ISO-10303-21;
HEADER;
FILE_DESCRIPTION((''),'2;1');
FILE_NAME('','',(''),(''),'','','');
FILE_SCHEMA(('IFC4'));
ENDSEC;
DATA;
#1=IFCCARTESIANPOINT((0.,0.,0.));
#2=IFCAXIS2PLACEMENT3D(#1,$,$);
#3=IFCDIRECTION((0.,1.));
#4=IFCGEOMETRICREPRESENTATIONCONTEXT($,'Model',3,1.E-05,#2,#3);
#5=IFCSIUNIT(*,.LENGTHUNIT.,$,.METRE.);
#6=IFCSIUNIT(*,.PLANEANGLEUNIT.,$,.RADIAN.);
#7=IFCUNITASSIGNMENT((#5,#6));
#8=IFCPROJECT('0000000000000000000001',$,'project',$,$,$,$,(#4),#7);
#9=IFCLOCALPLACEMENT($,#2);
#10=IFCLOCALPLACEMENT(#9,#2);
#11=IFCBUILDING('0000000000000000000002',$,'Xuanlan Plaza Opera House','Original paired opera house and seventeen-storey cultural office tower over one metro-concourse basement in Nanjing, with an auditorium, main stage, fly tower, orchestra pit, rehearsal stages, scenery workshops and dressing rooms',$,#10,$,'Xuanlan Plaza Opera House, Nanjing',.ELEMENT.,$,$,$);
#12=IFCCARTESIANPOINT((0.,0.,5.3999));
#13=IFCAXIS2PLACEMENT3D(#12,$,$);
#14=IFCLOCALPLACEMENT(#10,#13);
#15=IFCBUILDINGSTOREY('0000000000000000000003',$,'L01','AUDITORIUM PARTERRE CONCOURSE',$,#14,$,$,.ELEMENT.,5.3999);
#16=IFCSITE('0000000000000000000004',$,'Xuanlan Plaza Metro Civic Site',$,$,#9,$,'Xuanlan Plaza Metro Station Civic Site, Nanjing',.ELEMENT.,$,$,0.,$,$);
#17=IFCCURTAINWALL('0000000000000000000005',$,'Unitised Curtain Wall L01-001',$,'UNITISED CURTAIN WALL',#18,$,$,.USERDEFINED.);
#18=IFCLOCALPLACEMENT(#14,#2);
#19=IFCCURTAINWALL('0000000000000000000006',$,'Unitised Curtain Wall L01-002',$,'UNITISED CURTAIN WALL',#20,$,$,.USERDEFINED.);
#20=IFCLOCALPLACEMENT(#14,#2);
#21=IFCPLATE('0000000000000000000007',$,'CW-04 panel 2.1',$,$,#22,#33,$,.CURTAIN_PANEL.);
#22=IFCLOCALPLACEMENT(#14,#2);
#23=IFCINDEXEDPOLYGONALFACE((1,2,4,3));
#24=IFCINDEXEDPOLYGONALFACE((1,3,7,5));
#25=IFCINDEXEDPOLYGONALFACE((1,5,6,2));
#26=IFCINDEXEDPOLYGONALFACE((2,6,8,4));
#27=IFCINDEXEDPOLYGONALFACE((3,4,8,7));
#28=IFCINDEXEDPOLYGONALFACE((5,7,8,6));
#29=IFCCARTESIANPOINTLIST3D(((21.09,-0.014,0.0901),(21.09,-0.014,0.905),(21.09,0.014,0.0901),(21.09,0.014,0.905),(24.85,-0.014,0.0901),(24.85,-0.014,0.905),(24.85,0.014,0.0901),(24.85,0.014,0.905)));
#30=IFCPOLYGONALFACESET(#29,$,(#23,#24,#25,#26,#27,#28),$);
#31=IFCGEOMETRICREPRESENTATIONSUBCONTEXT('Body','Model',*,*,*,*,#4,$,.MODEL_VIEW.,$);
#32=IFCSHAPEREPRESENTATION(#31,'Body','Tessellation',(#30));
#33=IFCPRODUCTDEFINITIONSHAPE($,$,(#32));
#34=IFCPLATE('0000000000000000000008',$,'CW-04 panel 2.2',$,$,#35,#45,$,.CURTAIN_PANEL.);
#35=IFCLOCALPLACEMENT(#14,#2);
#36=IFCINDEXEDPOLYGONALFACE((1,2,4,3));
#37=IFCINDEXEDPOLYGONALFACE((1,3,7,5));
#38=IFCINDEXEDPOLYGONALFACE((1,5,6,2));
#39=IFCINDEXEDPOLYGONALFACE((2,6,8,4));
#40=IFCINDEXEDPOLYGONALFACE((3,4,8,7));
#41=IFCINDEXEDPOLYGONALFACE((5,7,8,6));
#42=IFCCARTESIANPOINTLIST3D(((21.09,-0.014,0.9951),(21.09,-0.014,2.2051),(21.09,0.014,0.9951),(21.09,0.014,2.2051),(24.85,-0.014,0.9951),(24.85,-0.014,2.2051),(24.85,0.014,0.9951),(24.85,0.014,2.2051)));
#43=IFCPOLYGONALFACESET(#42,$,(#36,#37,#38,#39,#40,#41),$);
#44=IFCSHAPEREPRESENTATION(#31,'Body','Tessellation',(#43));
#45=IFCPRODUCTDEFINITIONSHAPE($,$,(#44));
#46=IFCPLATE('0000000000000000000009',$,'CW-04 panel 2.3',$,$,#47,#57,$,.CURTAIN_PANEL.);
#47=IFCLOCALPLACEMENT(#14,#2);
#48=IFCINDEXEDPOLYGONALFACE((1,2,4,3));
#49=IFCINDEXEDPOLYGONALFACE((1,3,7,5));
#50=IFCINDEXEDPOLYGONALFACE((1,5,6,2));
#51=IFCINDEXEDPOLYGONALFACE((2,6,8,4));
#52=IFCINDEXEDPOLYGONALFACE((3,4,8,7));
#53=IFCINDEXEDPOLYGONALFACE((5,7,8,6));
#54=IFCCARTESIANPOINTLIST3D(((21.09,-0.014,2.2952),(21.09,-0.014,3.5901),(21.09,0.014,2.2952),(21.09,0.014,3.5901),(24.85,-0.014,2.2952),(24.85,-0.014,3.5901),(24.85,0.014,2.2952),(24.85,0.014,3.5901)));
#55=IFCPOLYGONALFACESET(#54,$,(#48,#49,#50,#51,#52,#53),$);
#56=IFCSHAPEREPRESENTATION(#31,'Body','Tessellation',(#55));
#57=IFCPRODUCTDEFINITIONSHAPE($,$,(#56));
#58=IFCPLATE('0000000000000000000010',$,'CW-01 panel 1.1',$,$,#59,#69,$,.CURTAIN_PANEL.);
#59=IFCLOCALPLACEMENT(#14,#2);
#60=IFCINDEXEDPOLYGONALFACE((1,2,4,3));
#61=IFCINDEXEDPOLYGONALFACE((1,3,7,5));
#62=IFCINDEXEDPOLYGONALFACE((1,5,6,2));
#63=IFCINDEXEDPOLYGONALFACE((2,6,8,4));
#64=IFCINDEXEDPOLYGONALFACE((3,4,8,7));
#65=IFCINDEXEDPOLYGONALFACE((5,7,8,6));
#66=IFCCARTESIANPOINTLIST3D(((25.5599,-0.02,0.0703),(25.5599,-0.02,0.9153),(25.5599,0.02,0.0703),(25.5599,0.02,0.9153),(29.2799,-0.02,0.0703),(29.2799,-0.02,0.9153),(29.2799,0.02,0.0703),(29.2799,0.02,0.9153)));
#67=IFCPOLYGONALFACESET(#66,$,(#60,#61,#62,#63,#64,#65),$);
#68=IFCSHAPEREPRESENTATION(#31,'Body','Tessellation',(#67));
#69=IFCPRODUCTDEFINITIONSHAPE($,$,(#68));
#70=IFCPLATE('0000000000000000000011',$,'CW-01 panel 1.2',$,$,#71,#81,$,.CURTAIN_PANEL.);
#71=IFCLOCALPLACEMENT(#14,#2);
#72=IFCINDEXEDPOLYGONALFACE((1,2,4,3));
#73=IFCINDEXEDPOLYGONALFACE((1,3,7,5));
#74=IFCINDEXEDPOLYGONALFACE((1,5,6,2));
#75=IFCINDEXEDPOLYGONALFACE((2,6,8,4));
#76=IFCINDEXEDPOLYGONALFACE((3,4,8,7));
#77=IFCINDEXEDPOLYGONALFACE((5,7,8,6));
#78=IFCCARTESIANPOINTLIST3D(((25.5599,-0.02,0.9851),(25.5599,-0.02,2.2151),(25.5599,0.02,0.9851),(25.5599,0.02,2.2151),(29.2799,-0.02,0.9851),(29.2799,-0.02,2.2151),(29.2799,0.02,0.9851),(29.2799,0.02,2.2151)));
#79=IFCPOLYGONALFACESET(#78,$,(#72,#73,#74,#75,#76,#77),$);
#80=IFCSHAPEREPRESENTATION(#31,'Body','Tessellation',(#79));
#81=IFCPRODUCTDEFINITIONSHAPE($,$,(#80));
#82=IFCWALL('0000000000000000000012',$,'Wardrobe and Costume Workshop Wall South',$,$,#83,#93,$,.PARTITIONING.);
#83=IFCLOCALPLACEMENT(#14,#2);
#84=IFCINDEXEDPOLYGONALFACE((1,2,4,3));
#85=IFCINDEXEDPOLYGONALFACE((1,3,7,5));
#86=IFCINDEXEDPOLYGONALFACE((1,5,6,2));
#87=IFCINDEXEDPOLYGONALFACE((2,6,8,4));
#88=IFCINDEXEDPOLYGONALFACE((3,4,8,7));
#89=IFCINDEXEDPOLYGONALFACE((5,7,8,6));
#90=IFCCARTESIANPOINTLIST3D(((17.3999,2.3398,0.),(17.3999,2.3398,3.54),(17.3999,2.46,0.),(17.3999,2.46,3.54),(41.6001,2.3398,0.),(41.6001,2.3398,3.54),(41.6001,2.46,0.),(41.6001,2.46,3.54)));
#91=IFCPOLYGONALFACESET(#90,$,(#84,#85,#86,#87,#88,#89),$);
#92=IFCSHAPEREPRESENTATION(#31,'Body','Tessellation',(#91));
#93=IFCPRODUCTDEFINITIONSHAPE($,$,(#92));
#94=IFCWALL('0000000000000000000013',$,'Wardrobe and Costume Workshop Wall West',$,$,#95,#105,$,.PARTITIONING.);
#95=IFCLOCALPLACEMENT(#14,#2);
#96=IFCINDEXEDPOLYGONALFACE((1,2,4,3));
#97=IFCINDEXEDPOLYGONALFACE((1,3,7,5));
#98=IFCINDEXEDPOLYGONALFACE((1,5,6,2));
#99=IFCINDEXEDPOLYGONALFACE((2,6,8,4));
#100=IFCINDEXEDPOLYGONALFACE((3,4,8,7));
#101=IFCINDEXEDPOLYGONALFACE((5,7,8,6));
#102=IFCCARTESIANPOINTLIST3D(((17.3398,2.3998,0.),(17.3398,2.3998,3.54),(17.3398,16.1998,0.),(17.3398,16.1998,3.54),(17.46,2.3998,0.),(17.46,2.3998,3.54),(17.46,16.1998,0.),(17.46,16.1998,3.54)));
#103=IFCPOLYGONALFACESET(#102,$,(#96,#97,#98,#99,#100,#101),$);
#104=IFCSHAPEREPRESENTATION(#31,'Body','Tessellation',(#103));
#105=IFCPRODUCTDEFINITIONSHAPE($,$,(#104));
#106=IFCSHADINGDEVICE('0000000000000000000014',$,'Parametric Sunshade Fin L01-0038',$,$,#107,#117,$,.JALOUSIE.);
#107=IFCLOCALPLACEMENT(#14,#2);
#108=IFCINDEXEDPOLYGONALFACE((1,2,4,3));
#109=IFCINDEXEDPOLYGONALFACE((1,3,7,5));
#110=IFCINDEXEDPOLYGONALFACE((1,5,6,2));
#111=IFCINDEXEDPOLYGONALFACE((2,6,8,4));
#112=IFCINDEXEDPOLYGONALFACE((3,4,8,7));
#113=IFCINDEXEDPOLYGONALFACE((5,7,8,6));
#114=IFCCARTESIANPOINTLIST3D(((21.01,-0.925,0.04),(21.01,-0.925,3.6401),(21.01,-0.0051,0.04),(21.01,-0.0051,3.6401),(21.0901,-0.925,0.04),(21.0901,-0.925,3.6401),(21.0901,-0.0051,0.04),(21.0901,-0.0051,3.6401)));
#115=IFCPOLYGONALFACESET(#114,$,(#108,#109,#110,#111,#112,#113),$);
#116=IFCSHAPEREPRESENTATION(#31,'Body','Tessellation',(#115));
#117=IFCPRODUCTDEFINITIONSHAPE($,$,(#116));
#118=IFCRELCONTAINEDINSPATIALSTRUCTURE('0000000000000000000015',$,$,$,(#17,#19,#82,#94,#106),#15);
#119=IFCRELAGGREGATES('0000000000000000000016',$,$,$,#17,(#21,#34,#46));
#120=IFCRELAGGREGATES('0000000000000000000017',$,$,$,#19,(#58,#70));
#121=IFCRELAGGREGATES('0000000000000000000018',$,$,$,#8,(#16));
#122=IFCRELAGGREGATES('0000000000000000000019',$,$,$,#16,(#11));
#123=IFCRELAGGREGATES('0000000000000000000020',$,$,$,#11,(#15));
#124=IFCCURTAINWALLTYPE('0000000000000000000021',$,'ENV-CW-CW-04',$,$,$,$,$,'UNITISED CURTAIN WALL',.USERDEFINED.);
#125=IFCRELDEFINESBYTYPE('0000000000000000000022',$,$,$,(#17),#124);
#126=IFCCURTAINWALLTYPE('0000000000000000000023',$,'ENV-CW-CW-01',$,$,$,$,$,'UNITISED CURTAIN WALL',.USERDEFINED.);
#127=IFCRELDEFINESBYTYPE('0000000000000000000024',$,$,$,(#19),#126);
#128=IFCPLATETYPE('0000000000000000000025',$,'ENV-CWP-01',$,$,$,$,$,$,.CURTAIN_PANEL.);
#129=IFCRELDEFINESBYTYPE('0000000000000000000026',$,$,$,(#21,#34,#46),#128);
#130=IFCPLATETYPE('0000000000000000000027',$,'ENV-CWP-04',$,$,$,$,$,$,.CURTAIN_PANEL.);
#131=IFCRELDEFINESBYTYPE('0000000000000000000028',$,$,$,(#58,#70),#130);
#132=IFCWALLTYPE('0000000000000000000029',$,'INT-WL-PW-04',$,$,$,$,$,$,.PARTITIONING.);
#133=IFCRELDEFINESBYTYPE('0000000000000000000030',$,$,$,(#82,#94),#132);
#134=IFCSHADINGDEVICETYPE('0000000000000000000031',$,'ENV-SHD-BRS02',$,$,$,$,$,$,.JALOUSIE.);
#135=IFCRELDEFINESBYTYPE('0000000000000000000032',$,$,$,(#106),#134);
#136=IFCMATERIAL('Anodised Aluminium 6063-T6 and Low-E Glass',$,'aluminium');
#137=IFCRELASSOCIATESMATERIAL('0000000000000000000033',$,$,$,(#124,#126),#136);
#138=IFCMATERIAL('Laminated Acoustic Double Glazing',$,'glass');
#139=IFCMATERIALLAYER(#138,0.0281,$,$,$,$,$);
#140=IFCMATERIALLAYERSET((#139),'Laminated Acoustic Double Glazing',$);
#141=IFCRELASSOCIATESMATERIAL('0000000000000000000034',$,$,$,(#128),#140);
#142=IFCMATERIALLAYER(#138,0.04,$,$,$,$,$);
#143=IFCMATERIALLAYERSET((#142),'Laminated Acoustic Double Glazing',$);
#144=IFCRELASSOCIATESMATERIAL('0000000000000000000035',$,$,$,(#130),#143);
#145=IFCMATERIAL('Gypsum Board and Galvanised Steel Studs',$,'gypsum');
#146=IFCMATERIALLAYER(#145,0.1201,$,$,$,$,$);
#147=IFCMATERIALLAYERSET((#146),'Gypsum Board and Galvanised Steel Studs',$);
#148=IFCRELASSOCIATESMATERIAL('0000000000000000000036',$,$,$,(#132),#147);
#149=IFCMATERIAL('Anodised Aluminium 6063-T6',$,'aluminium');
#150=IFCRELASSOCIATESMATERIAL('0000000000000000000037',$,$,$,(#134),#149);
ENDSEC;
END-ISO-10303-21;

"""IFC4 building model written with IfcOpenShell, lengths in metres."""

from ifc_helpers import new_model, si_unit, direction, frame, frame_2d, origin, origin_2d, place, context, subcontext, project, spatial, rectangle, extrude, material, layer, layer_set, type_object, element, aggregate, save


model = new_model("IFC4")

# Units and contexts
model_context = context("Model", 3, precision=1e-05, world=origin(), true_north=direction((0.0, 1.0)))
body_context = subcontext(model_context, "Body", "Model", "MODEL_VIEW")
ifc_project = project(units=[si_unit("LENGTHUNIT", "METRE"), si_unit("PLANEANGLEUNIT", "RADIAN")], contexts=[model_context])

# Site, building, storey
site_placement = place(None, origin())
site = spatial("IfcSite", under=ifc_project, at=site_placement, Name="Xuanlan Plaza Metro Civic Site", LongName="Xuanlan Plaza Metro Station Civic Site, Nanjing", CompositionType="ELEMENT", RefElevation=0.0)
building_placement = place(site_placement, origin())
building = spatial("IfcBuilding", under=site, at=building_placement, Name="Xuanlan Plaza Opera House", Description="Original paired opera house and seventeen-storey cultural office tower over one metro-concourse basement in Nanjing, with an auditorium, main stage, fly tower, orchestra pit, rehearsal stages, scenery workshops and dressing rooms", LongName="Xuanlan Plaza Opera House, Nanjing", CompositionType="ELEMENT")
storey_placement = place(building_placement, frame((0.0, 0.0, 5.3999)))
storey = spatial("IfcBuildingStorey", under=building, at=storey_placement, Name="L01", Description="AUDITORIUM PARTERRE CONCOURSE", CompositionType="ELEMENT", Elevation=5.3999)

# Curtain walls
ifc_material_1 = material(Name="Anodised Aluminium 6063-T6 and Low-E Glass", Category="aluminium")
curtain_wall_type_1 = type_object("IfcCurtainWallType", Name="ENV-CW-CW-04", ElementType="UNITISED CURTAIN WALL", PredefinedType="USERDEFINED", material=ifc_material_1)
curtain_wall_1_placement = place(storey_placement, origin())
curtain_wall_1 = element("IfcCurtainWall", 1, at=curtain_wall_1_placement, inside=storey, type_object=curtain_wall_type_1, Name="Unitised Curtain Wall L01-001", ObjectType="UNITISED CURTAIN WALL", PredefinedType="USERDEFINED")
ifc_material_2 = material(Name="Anodised Aluminium 6063-T6", Category="aluminium")
curtain_wall_type_2 = type_object("IfcCurtainWallType", Name="ENV-CW-CW-01", ElementType="UNITISED CURTAIN WALL", PredefinedType="USERDEFINED", material=ifc_material_1)
curtain_wall_2_placement = place(storey_placement, origin())
curtain_wall_2 = element("IfcCurtainWall", 2, at=curtain_wall_2_placement, inside=storey, type_object=curtain_wall_type_2, Name="Unitised Curtain Wall L01-002", ObjectType="UNITISED CURTAIN WALL", PredefinedType="USERDEFINED")

# Plates
ifc_material_3 = material(Name="Laminated Acoustic Double Glazing", Category="glass")
ifc_layer_1 = layer(ifc_material_3, 0.0281)
ifc_layer_set_1 = layer_set([ifc_layer_1], Name="Laminated Acoustic Double Glazing")
plate_type_1 = type_object("IfcPlateType", Name="ENV-CWP-01", PredefinedType="CURTAIN_PANEL", material=ifc_layer_set_1)
plate_1_placement = place(storey_placement, frame((22.97, 0.0, 0.0901), z_axis=(0.0, 0.0, 1.0), x_axis=(1.0, 0.0, 0.0)))
plate_1 = element("IfcPlate", 3, at=plate_1_placement, type_object=plate_type_1, Name="CW-04 panel 2.1", PredefinedType="CURTAIN_PANEL", context=body_context, shape_type="SweptSolid", body=[
    extrude(rectangle(XDim=3.76, YDim=0.0281, at=origin_2d()), origin(), (0.0, 0.0, 1.0), 0.8149),
])
plate_2_placement = place(storey_placement, frame((22.97, 0.0, 0.9951), z_axis=(0.0, 0.0, 1.0), x_axis=(1.0, 0.0, 0.0)))
plate_2 = element("IfcPlate", 4, at=plate_2_placement, type_object=plate_type_1, Name="CW-04 panel 2.2", PredefinedType="CURTAIN_PANEL", context=body_context, shape_type="SweptSolid", body=[
    extrude(rectangle(XDim=3.76, YDim=0.0281, at=origin_2d()), origin(), (0.0, 0.0, 1.0), 1.21),
])
plate_3_placement = place(storey_placement, frame((22.97, 0.0, 2.2952), z_axis=(0.0, 0.0, 1.0), x_axis=(1.0, 0.0, 0.0)))
plate_3 = element("IfcPlate", 5, at=plate_3_placement, type_object=plate_type_1, Name="CW-04 panel 2.3", PredefinedType="CURTAIN_PANEL", context=body_context, shape_type="SweptSolid", body=[
    extrude(rectangle(XDim=3.76, YDim=0.0281, at=origin_2d()), origin(), (0.0, 0.0, 1.0), 1.2949),
])
aggregate(curtain_wall_1, [plate_1, plate_2, plate_3])
ifc_layer_2 = layer(ifc_material_3, 0.04)
ifc_layer_set_2 = layer_set([ifc_layer_2], Name="Laminated Acoustic Double Glazing")
plate_type_2 = type_object("IfcPlateType", Name="ENV-CWP-04", PredefinedType="CURTAIN_PANEL", material=ifc_layer_set_2)
plate_4_placement = place(storey_placement, frame((27.4199, 0.0, 0.0703), z_axis=(0.0, 0.0, 1.0), x_axis=(1.0, 0.0, 0.0)))
plate_4 = element("IfcPlate", 6, at=plate_4_placement, type_object=plate_type_2, Name="CW-01 panel 1.1", PredefinedType="CURTAIN_PANEL", context=body_context, shape_type="SweptSolid", body=[
    extrude(rectangle(XDim=3.72, YDim=0.04, at=origin_2d()), origin(), (0.0, 0.0, 1.0), 0.845),
])
plate_5_placement = place(storey_placement, frame((27.4199, 0.0, 0.9851), z_axis=(0.0, 0.0, 1.0), x_axis=(1.0, 0.0, 0.0)))
plate_5 = element("IfcPlate", 7, at=plate_5_placement, type_object=plate_type_2, Name="CW-01 panel 1.2", PredefinedType="CURTAIN_PANEL", context=body_context, shape_type="SweptSolid", body=[
    extrude(rectangle(XDim=3.72, YDim=0.04, at=origin_2d()), origin(), (0.0, 0.0, 1.0), 1.23),
])
aggregate(curtain_wall_2, [plate_4, plate_5])

# Walls
ifc_material_4 = material(Name="Gypsum Board and Galvanised Steel Studs", Category="gypsum")
ifc_layer_3 = layer(ifc_material_4, 0.1201)
ifc_layer_set_3 = layer_set([ifc_layer_3], Name="Gypsum Board and Galvanised Steel Studs")
wall_type = type_object("IfcWallType", Name="INT-WL-PW-04", PredefinedType="PARTITIONING", material=ifc_layer_set_3)
wall_1_placement = place(storey_placement, frame((17.3999, 2.3999, 0.0), z_axis=(0.0, 0.0, 1.0), x_axis=(1.0, 0.0, 0.0)))
element("IfcWall", 8, at=wall_1_placement, inside=storey, type_object=wall_type, Name="Wardrobe and Costume Workshop Wall South", PredefinedType="PARTITIONING", context=body_context, shape_type="SweptSolid", body=[
    extrude(rectangle(XDim=24.2002, YDim=0.1201, at=frame_2d((12.1001, 0.0))), origin(), (0.0, 0.0, 1.0), 3.54),
])
wall_2_placement = place(storey_placement, frame((17.3999, 2.3999, 0.0), z_axis=(0.0, 0.0, 1.0), x_axis=(0.0, 1.0, 0.0)))
element("IfcWall", 9, at=wall_2_placement, inside=storey, type_object=wall_type, Name="Wardrobe and Costume Workshop Wall West", PredefinedType="PARTITIONING", context=body_context, shape_type="SweptSolid", body=[
    extrude(rectangle(XDim=13.8, YDim=0.1201, at=frame_2d((6.8999, 0.0))), origin(), (0.0, 0.0, 1.0), 3.54),
])

# Shading device
shading_device_type = type_object("IfcShadingDeviceType", Name="ENV-SHD-BRS02", PredefinedType="JALOUSIE", material=ifc_material_2)
shading_device_placement = place(storey_placement, frame((21.05, -0.4651, 0.04), z_axis=(0.0, 0.0, 1.0), x_axis=(0.0, -1.0, 0.0)))
element("IfcShadingDevice", 10, at=shading_device_placement, inside=storey, type_object=shading_device_type, Name="Parametric Sunshade Fin L01-0038", PredefinedType="JALOUSIE", context=body_context, shape_type="SweptSolid", body=[
    extrude(rectangle(XDim=0.9199, YDim=0.0801, at=origin_2d()), origin(), (0.0, 0.0, 1.0), 3.6001),
])

save(model, "model.ifc")
